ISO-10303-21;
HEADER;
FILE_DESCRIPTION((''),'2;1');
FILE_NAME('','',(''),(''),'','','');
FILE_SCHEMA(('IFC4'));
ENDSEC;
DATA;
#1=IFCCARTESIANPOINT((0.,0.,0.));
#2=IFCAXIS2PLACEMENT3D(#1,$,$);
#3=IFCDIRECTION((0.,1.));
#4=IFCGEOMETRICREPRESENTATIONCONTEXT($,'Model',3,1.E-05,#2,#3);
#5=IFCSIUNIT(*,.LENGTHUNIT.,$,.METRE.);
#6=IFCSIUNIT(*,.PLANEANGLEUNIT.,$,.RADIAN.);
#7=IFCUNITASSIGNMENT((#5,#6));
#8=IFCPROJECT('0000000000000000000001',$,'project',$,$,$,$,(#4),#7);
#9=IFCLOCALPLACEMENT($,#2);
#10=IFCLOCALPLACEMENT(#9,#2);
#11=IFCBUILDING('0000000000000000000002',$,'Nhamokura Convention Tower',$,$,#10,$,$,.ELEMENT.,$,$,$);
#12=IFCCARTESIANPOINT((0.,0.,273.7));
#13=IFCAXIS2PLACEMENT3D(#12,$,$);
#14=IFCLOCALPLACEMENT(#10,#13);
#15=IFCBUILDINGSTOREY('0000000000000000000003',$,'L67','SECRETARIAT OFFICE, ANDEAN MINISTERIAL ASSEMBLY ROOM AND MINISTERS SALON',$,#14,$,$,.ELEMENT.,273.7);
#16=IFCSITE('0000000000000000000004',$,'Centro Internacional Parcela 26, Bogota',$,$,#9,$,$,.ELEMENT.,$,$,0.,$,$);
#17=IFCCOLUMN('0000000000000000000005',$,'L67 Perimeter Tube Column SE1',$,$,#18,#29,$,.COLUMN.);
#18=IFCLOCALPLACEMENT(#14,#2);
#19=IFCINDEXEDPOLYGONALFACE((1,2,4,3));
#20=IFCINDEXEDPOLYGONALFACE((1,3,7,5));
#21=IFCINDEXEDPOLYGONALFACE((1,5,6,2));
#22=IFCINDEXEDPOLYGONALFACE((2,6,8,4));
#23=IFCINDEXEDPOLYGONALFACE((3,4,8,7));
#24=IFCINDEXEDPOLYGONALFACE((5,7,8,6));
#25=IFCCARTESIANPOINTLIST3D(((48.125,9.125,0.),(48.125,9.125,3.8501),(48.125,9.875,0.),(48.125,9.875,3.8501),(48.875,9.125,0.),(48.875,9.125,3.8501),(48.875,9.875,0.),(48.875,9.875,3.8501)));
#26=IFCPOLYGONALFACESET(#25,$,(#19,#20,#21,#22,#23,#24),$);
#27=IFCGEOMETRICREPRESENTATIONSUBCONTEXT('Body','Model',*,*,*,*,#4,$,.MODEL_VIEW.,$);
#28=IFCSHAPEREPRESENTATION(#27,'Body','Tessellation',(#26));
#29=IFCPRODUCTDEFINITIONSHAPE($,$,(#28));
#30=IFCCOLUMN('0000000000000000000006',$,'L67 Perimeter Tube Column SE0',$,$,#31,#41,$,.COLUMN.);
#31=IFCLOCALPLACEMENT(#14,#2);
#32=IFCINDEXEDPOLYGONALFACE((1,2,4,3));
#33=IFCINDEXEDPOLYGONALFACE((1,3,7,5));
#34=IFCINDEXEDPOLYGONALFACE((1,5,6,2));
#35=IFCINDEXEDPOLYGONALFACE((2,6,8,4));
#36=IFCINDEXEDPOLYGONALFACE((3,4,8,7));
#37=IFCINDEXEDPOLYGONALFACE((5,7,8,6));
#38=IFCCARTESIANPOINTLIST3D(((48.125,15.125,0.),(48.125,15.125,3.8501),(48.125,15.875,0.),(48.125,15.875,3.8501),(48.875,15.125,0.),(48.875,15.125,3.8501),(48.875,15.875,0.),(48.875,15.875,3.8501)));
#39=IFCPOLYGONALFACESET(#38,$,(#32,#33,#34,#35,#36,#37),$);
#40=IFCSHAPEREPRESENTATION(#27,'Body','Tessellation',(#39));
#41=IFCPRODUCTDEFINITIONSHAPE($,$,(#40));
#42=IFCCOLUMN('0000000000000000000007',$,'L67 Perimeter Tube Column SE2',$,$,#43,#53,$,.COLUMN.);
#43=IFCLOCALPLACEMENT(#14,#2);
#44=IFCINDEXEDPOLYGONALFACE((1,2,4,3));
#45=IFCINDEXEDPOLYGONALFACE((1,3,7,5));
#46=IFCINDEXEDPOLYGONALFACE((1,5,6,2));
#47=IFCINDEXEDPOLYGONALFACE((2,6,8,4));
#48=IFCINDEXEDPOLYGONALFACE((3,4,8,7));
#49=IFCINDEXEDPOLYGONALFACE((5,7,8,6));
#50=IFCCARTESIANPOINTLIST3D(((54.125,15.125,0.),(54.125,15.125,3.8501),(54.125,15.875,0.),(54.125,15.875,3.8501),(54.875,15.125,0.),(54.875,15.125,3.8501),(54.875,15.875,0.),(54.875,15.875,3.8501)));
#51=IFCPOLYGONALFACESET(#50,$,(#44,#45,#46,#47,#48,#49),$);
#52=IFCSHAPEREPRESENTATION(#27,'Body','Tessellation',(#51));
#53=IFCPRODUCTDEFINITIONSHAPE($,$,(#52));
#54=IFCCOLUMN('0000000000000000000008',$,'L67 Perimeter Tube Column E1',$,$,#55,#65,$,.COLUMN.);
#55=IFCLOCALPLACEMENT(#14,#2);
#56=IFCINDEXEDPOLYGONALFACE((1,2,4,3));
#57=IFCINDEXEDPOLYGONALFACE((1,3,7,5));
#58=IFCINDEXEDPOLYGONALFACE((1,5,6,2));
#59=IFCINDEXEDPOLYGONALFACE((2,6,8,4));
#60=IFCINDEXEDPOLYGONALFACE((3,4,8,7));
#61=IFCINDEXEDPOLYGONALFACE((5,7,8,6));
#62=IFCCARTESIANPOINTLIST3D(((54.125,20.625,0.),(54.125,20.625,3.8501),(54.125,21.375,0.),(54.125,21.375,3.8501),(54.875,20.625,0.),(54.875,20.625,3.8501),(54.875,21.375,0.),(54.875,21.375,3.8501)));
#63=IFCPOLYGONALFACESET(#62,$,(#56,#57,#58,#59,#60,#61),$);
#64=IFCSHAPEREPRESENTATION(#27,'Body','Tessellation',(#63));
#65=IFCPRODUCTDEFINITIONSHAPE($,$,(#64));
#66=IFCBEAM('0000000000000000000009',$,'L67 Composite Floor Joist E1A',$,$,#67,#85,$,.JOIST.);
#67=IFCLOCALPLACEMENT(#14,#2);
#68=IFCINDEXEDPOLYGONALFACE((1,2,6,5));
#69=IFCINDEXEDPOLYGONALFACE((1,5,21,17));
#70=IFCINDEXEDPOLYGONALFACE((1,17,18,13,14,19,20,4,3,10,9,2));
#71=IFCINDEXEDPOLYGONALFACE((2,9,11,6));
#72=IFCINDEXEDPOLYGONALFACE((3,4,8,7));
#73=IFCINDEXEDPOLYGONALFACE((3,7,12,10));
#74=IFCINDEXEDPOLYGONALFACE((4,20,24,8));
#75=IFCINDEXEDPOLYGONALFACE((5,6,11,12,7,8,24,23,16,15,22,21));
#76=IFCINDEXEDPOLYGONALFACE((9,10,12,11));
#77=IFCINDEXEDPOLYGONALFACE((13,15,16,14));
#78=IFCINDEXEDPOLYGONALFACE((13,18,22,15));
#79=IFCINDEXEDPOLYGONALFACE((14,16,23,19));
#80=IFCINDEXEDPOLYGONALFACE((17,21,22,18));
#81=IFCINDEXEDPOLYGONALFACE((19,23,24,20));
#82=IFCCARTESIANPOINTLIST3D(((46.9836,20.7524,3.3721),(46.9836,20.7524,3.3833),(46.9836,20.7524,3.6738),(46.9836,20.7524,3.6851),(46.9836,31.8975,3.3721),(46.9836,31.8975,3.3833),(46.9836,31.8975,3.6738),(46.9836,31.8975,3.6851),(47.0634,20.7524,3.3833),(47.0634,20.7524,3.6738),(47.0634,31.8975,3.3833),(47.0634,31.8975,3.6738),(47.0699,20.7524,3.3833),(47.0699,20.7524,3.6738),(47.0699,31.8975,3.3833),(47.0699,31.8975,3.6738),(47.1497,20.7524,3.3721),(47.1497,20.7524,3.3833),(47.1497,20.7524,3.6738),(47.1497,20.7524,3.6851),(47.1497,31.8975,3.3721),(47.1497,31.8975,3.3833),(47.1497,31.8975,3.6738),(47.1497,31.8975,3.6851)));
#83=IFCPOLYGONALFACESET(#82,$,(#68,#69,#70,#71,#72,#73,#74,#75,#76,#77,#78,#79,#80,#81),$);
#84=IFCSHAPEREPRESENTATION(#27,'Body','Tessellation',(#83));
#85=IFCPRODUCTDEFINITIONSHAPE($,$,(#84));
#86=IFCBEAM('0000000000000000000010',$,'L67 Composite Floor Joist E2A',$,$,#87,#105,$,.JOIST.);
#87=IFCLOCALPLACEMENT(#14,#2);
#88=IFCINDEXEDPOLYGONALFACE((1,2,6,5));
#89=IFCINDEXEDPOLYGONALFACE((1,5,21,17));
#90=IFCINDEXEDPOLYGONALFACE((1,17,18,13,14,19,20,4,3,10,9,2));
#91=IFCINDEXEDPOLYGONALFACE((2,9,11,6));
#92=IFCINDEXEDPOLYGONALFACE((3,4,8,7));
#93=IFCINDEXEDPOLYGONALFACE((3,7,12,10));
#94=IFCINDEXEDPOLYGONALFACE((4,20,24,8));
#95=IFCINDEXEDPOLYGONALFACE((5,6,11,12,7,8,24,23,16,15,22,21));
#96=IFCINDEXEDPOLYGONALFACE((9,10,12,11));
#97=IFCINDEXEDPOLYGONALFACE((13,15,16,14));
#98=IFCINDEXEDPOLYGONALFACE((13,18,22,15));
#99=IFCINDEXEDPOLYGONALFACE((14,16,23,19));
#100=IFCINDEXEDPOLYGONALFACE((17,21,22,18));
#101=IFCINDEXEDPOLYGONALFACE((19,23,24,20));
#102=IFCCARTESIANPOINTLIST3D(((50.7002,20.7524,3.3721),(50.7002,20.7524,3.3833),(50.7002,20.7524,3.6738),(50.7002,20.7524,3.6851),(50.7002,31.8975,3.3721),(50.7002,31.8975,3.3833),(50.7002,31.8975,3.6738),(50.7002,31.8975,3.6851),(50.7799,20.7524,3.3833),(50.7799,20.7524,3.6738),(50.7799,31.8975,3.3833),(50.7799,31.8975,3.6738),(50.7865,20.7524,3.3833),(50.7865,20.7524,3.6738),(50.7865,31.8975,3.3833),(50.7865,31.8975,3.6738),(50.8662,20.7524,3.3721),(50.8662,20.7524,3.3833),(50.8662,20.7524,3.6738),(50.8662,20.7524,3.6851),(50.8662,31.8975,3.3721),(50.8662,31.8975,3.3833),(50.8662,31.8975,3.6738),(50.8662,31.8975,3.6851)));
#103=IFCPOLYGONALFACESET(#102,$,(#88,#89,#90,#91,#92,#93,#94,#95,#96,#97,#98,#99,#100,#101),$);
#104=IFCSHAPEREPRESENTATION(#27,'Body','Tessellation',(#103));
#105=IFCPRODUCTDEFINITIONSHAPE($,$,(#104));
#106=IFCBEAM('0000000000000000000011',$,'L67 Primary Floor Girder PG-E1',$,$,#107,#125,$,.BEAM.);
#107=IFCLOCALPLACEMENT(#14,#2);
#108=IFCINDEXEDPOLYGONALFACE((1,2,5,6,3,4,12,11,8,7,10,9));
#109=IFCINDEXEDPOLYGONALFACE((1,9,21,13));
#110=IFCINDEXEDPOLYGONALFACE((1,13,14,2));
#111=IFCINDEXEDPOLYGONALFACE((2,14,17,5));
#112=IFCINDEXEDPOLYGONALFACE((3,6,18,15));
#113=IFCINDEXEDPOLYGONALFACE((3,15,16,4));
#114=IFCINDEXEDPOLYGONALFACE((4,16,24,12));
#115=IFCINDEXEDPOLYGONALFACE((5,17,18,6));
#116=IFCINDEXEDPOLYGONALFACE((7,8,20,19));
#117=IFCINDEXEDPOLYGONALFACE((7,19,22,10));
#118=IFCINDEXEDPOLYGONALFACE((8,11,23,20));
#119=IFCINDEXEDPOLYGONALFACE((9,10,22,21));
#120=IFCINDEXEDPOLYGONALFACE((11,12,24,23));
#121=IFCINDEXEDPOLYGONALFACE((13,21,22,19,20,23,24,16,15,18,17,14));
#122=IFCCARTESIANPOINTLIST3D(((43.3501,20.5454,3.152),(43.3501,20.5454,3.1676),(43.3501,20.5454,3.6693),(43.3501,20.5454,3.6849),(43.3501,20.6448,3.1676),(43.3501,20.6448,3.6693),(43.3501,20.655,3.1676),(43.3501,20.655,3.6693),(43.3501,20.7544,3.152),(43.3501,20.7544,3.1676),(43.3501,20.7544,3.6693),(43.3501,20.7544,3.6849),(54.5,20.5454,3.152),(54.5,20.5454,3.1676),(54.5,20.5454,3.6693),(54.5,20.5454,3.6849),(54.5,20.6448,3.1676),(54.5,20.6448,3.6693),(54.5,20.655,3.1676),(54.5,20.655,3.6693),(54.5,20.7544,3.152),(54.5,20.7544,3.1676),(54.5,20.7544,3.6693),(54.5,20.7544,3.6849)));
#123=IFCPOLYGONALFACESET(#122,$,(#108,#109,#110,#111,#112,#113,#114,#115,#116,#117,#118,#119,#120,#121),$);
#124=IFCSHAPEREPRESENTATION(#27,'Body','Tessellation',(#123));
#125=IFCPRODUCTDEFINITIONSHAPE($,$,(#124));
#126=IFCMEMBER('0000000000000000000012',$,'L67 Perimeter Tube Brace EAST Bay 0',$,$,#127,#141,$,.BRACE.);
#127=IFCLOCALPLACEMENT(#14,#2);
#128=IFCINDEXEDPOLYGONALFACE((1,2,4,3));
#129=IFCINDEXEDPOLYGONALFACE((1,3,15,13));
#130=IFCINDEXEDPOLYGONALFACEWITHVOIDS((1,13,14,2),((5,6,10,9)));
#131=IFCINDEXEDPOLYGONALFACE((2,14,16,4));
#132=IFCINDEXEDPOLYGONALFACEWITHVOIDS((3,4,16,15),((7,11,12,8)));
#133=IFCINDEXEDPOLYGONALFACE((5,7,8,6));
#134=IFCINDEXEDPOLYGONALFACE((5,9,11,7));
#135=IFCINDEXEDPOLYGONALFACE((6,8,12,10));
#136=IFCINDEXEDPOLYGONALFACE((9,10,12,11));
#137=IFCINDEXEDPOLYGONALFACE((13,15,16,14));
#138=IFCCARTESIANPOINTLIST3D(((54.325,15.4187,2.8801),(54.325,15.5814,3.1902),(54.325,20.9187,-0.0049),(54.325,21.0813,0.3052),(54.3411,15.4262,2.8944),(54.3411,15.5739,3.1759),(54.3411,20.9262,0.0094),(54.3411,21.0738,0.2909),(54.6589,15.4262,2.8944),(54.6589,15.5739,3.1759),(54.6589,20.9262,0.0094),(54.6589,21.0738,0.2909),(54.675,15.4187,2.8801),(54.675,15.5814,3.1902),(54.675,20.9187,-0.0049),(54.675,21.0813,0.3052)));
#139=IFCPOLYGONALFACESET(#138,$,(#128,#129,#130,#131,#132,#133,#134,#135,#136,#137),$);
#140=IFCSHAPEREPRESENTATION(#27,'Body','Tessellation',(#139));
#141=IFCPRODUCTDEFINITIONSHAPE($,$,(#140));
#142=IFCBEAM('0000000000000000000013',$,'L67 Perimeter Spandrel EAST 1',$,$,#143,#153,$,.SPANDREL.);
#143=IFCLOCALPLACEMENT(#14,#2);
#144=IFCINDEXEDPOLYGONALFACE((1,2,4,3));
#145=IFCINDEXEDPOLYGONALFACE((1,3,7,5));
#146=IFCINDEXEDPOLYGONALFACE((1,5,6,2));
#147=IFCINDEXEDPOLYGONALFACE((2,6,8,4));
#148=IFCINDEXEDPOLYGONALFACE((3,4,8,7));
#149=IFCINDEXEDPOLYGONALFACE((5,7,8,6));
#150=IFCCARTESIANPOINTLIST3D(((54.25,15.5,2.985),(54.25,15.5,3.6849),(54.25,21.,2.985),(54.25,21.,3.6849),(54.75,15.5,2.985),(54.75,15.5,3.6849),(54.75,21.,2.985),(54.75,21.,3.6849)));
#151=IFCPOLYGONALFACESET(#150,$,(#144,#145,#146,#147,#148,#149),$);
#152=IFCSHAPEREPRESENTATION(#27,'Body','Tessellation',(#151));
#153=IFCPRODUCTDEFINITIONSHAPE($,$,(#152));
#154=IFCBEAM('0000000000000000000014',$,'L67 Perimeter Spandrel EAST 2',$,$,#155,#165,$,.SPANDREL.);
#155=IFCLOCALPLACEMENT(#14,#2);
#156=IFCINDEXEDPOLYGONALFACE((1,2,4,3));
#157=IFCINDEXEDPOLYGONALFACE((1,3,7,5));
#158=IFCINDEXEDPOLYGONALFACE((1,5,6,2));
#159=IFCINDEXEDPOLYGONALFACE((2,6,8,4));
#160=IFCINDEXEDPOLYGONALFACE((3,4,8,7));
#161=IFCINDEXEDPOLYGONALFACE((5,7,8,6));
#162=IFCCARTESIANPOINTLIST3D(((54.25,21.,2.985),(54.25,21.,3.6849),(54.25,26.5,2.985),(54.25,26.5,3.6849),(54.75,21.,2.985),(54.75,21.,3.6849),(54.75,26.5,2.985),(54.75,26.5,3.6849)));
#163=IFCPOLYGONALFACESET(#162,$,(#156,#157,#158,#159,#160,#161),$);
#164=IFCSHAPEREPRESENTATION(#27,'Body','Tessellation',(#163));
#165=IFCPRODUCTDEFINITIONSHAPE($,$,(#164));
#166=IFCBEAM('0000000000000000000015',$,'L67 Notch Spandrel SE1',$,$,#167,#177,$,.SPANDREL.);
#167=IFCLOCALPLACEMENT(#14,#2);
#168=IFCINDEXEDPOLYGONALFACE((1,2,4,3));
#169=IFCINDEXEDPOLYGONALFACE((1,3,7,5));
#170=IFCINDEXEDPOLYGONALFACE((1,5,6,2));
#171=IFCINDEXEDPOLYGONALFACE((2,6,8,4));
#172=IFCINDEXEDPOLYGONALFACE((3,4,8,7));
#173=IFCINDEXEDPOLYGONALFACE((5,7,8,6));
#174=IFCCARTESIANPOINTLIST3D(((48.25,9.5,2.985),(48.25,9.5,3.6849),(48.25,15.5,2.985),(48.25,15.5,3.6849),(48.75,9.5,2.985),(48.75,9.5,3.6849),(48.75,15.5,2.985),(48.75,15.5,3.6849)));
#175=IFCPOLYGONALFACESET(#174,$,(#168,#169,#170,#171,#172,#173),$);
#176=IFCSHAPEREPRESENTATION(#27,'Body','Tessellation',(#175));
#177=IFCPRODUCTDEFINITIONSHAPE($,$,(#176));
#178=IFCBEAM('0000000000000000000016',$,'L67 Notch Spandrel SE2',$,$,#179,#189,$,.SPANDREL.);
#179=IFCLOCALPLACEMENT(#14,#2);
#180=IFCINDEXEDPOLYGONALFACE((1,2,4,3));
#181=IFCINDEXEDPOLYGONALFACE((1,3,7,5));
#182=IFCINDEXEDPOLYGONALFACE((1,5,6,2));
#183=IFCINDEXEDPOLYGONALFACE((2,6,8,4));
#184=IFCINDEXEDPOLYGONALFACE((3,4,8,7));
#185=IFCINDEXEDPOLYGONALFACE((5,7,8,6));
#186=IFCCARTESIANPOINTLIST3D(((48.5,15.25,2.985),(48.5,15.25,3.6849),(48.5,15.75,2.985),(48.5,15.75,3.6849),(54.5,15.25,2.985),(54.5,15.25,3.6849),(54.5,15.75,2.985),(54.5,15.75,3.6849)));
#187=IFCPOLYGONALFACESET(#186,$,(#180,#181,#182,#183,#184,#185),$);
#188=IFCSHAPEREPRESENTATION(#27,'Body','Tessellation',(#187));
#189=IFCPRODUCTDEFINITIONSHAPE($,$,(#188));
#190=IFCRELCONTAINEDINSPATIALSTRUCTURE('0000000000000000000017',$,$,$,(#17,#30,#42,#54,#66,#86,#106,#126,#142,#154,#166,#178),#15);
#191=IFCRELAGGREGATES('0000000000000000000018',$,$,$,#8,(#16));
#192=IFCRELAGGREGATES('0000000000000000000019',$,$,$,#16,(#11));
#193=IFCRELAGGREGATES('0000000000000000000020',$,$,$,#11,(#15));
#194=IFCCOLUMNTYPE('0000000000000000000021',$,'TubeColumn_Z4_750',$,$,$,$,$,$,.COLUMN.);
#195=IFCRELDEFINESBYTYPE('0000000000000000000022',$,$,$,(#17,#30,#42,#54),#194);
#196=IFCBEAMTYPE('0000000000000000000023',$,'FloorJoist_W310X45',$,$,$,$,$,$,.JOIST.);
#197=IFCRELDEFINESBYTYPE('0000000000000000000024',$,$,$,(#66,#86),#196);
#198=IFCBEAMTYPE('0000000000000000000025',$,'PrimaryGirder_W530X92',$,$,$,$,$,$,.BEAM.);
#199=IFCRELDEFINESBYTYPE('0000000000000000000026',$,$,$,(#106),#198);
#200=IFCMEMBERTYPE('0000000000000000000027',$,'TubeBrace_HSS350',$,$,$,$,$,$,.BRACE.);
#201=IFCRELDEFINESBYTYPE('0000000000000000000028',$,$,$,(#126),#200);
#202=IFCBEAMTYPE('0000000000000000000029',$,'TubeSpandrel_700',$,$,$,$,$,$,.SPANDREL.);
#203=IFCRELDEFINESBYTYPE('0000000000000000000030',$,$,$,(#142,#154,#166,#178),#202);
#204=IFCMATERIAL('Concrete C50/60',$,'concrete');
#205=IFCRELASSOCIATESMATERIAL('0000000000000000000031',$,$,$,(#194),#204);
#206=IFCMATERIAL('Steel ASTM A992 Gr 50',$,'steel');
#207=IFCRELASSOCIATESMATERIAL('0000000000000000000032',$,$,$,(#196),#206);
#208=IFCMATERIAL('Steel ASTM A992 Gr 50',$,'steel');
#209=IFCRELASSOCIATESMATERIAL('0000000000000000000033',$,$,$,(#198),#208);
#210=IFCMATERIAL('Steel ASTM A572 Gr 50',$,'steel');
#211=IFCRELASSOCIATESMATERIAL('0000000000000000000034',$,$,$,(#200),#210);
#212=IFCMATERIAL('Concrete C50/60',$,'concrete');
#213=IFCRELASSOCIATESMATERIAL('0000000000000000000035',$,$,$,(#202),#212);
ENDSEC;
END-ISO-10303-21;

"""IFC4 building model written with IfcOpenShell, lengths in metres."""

from ifc_helpers import new_model, si_unit, direction, frame, origin, origin_2d, place, context, subcontext, project, spatial, rectangle, hollow_rectangle, i_section, extrude, material, material_profile, profile_set, type_object, element, save


model = new_model("IFC4")

# Units and contexts
model_context = context("Model", 3, precision=1e-05, world=origin(), true_north=direction((0.0, 1.0)))
body_context = subcontext(model_context, "Body", "Model", "MODEL_VIEW")
ifc_project = project(units=[si_unit("LENGTHUNIT", "METRE"), si_unit("PLANEANGLEUNIT", "RADIAN")], contexts=[model_context])

# Site, building, storey
site_placement = place(None, origin())
site = spatial("IfcSite", under=ifc_project, at=site_placement, Name="Centro Internacional Parcela 26, Bogota", CompositionType="ELEMENT", RefElevation=0.0)
building_placement = place(site_placement, origin())
building = spatial("IfcBuilding", under=site, at=building_placement, Name="Nhamokura Convention Tower", CompositionType="ELEMENT")
storey_placement = place(building_placement, frame((0.0, 0.0, 273.7)))
storey = spatial("IfcBuildingStorey", under=building, at=storey_placement, Name="L67", Description="SECRETARIAT OFFICE, ANDEAN MINISTERIAL ASSEMBLY ROOM AND MINISTERS SALON", CompositionType="ELEMENT", Elevation=273.7)

# Columns
ifc_material_1 = material(Name="Concrete C50/60", Category="concrete")
ifc_material_profile_1 = material_profile(ifc_material_1, rectangle(XDim=0.75, YDim=0.75, at=origin_2d()))
ifc_profile_set_1 = profile_set([ifc_material_profile_1], Name="Concrete C50/60")
column_type = type_object("IfcColumnType", Name="TubeColumn_Z4_750", PredefinedType="COLUMN", material=ifc_profile_set_1)
for number, where, z_axis, x_axis, name in (
    (1, (48.5, 9.5, 0.0), (0.0, 0.0, 1.0), (1.0, 0.0, 0.0), "L67 Perimeter Tube Column SE1"),
    (2, (48.5, 15.5, 0.0), (0.0, 0.0, 1.0), (1.0, 0.0, 0.0), "L67 Perimeter Tube Column SE0"),
    (3, (54.5, 15.5, 0.0), (0.0, 0.0, 1.0), (1.0, 0.0, 0.0), "L67 Perimeter Tube Column SE2"),
    (4, (54.5, 21.0, 0.0), (0.0, 0.0, 1.0), (1.0, 0.0, 0.0), "L67 Perimeter Tube Column E1"),
):
    element("IfcColumn", number, at=place(storey_placement, frame(where, z_axis=z_axis, x_axis=x_axis)), inside=storey, type_object=column_type, Name=name, PredefinedType="COLUMN", context=body_context, shape_type="SweptSolid", body=[
        extrude(rectangle(XDim=0.75, YDim=0.75, at=origin_2d()), origin(), (0.0, 0.0, 1.0), 3.8501),
    ])

# Beams
ifc_material_2 = material(Name="Steel ASTM A992 Gr 50", Category="steel")
ifc_material_profile_2 = material_profile(ifc_material_2, i_section(OverallWidth=0.166, OverallDepth=0.313, WebThickness=0.0066, FlangeThickness=0.0112, at=origin_2d()))
ifc_profile_set_2 = profile_set([ifc_material_profile_2], Name="Steel ASTM A992 Gr 50")
beam_type_1 = type_object("IfcBeamType", Name="FloorJoist_W310X45", PredefinedType="JOIST", material=ifc_profile_set_2)
for number, where, z_axis, x_axis, name in (
    (5, (47.0667, 20.7524, 3.5286), (0.0, 1.0, 0.0), (-1.0, 0.0, 0.0), "L67 Composite Floor Joist E1A"),
    (6, (50.7832, 20.7524, 3.5286), (0.0, 1.0, 0.0), (-1.0, 0.0, 0.0), "L67 Composite Floor Joist E2A"),
):
    element("IfcBeam", number, at=place(storey_placement, frame(where, z_axis=z_axis, x_axis=x_axis)), inside=storey, type_object=beam_type_1, Name=name, PredefinedType="JOIST", context=body_context, shape_type="SweptSolid", body=[
        extrude(i_section(OverallWidth=0.166, OverallDepth=0.313, WebThickness=0.0066, FlangeThickness=0.0112, at=origin_2d()), origin(), (0.0, 0.0, 1.0), 11.145),
    ])
ifc_material_3 = material(Name="Steel ASTM A992 Gr 50", Category="steel")
ifc_material_profile_3 = material_profile(ifc_material_3, i_section(OverallWidth=0.209, OverallDepth=0.533, WebThickness=0.0103, FlangeThickness=0.0156, at=origin_2d()))
ifc_profile_set_3 = profile_set([ifc_material_profile_3], Name="Steel ASTM A992 Gr 50")
beam_type_2 = type_object("IfcBeamType", Name="PrimaryGirder_W530X92", PredefinedType="BEAM", material=ifc_profile_set_3)
beam_placement = place(storey_placement, frame((43.3501, 20.6499, 3.4185), z_axis=(1.0, 0.0, 0.0), x_axis=(0.0, 1.0, 0.0)))
element("IfcBeam", 7, at=beam_placement, inside=storey, type_object=beam_type_2, Name="L67 Primary Floor Girder PG-E1", PredefinedType="BEAM", context=body_context, shape_type="SweptSolid", body=[
    extrude(i_section(OverallWidth=0.209, OverallDepth=0.533, WebThickness=0.0103, FlangeThickness=0.0156, at=origin_2d()), origin(), (0.0, 0.0, 1.0), 11.1499),
])

# Member
ifc_material_4 = material(Name="Steel ASTM A572 Gr 50", Category="steel")
ifc_material_profile_4 = material_profile(ifc_material_4, hollow_rectangle(XDim=0.3501, YDim=0.3501, WallThickness=0.0161, at=origin_2d()))
ifc_profile_set_4 = profile_set([ifc_material_profile_4], Name="Steel ASTM A572 Gr 50")
member_type = type_object("IfcMemberType", Name="TubeBrace_HSS350", PredefinedType="BRACE", material=ifc_profile_set_4)
member_placement = place(storey_placement, frame((54.5, 21.0, 0.1501), z_axis=(0.0, -0.885563, 0.46452), x_axis=(1.0, 0.0, 0.0)))
element("IfcMember", 8, at=member_placement, inside=storey, type_object=member_type, Name="L67 Perimeter Tube Brace EAST Bay 0", PredefinedType="BRACE", context=body_context, shape_type="SweptSolid", body=[
    extrude(hollow_rectangle(XDim=0.3501, YDim=0.3501, WallThickness=0.0161, at=origin_2d()), origin(), (0.0, 0.0, 1.0), 6.2107),
])

# Beams
ifc_material_5 = material(Name="Concrete C50/60", Category="concrete")
ifc_material_profile_5 = material_profile(ifc_material_5, rectangle(XDim=0.5, YDim=0.7, at=origin_2d()))
ifc_profile_set_5 = profile_set([ifc_material_profile_5], Name="Concrete C50/60")
beam_type_3 = type_object("IfcBeamType", Name="TubeSpandrel_700", PredefinedType="SPANDREL", material=ifc_profile_set_5)
for number, where, z_axis, x_axis, name in (
    (9, (54.5, 15.5, 3.335), (0.0, 1.0, 0.0), (-1.0, 0.0, 0.0), "L67 Perimeter Spandrel EAST 1"),
    (10, (54.5, 21.0, 3.335), (0.0, 1.0, 0.0), (-1.0, 0.0, 0.0), "L67 Perimeter Spandrel EAST 2"),
):
    element("IfcBeam", number, at=place(storey_placement, frame(where, z_axis=z_axis, x_axis=x_axis)), inside=storey, type_object=beam_type_3, Name=name, PredefinedType="SPANDREL", context=body_context, shape_type="SweptSolid", body=[
        extrude(rectangle(XDim=0.5, YDim=0.7, at=origin_2d()), origin(), (0.0, 0.0, 1.0), 5.5),
    ])
for number, where, z_axis, x_axis, name in (
    (11, (48.5, 9.5, 3.335), (0.0, 1.0, 0.0), (-1.0, 0.0, 0.0), "L67 Notch Spandrel SE1"),
    (12, (48.5, 15.5, 3.335), (1.0, 0.0, 0.0), (0.0, 1.0, 0.0), "L67 Notch Spandrel SE2"),
):
    element("IfcBeam", number, at=place(storey_placement, frame(where, z_axis=z_axis, x_axis=x_axis)), inside=storey, type_object=beam_type_3, Name=name, PredefinedType="SPANDREL", context=body_context, shape_type="SweptSolid", body=[
        extrude(rectangle(XDim=0.5, YDim=0.7, at=origin_2d()), origin(), (0.0, 0.0, 1.0), 6.0),
    ])

save(model, "model.ifc")
